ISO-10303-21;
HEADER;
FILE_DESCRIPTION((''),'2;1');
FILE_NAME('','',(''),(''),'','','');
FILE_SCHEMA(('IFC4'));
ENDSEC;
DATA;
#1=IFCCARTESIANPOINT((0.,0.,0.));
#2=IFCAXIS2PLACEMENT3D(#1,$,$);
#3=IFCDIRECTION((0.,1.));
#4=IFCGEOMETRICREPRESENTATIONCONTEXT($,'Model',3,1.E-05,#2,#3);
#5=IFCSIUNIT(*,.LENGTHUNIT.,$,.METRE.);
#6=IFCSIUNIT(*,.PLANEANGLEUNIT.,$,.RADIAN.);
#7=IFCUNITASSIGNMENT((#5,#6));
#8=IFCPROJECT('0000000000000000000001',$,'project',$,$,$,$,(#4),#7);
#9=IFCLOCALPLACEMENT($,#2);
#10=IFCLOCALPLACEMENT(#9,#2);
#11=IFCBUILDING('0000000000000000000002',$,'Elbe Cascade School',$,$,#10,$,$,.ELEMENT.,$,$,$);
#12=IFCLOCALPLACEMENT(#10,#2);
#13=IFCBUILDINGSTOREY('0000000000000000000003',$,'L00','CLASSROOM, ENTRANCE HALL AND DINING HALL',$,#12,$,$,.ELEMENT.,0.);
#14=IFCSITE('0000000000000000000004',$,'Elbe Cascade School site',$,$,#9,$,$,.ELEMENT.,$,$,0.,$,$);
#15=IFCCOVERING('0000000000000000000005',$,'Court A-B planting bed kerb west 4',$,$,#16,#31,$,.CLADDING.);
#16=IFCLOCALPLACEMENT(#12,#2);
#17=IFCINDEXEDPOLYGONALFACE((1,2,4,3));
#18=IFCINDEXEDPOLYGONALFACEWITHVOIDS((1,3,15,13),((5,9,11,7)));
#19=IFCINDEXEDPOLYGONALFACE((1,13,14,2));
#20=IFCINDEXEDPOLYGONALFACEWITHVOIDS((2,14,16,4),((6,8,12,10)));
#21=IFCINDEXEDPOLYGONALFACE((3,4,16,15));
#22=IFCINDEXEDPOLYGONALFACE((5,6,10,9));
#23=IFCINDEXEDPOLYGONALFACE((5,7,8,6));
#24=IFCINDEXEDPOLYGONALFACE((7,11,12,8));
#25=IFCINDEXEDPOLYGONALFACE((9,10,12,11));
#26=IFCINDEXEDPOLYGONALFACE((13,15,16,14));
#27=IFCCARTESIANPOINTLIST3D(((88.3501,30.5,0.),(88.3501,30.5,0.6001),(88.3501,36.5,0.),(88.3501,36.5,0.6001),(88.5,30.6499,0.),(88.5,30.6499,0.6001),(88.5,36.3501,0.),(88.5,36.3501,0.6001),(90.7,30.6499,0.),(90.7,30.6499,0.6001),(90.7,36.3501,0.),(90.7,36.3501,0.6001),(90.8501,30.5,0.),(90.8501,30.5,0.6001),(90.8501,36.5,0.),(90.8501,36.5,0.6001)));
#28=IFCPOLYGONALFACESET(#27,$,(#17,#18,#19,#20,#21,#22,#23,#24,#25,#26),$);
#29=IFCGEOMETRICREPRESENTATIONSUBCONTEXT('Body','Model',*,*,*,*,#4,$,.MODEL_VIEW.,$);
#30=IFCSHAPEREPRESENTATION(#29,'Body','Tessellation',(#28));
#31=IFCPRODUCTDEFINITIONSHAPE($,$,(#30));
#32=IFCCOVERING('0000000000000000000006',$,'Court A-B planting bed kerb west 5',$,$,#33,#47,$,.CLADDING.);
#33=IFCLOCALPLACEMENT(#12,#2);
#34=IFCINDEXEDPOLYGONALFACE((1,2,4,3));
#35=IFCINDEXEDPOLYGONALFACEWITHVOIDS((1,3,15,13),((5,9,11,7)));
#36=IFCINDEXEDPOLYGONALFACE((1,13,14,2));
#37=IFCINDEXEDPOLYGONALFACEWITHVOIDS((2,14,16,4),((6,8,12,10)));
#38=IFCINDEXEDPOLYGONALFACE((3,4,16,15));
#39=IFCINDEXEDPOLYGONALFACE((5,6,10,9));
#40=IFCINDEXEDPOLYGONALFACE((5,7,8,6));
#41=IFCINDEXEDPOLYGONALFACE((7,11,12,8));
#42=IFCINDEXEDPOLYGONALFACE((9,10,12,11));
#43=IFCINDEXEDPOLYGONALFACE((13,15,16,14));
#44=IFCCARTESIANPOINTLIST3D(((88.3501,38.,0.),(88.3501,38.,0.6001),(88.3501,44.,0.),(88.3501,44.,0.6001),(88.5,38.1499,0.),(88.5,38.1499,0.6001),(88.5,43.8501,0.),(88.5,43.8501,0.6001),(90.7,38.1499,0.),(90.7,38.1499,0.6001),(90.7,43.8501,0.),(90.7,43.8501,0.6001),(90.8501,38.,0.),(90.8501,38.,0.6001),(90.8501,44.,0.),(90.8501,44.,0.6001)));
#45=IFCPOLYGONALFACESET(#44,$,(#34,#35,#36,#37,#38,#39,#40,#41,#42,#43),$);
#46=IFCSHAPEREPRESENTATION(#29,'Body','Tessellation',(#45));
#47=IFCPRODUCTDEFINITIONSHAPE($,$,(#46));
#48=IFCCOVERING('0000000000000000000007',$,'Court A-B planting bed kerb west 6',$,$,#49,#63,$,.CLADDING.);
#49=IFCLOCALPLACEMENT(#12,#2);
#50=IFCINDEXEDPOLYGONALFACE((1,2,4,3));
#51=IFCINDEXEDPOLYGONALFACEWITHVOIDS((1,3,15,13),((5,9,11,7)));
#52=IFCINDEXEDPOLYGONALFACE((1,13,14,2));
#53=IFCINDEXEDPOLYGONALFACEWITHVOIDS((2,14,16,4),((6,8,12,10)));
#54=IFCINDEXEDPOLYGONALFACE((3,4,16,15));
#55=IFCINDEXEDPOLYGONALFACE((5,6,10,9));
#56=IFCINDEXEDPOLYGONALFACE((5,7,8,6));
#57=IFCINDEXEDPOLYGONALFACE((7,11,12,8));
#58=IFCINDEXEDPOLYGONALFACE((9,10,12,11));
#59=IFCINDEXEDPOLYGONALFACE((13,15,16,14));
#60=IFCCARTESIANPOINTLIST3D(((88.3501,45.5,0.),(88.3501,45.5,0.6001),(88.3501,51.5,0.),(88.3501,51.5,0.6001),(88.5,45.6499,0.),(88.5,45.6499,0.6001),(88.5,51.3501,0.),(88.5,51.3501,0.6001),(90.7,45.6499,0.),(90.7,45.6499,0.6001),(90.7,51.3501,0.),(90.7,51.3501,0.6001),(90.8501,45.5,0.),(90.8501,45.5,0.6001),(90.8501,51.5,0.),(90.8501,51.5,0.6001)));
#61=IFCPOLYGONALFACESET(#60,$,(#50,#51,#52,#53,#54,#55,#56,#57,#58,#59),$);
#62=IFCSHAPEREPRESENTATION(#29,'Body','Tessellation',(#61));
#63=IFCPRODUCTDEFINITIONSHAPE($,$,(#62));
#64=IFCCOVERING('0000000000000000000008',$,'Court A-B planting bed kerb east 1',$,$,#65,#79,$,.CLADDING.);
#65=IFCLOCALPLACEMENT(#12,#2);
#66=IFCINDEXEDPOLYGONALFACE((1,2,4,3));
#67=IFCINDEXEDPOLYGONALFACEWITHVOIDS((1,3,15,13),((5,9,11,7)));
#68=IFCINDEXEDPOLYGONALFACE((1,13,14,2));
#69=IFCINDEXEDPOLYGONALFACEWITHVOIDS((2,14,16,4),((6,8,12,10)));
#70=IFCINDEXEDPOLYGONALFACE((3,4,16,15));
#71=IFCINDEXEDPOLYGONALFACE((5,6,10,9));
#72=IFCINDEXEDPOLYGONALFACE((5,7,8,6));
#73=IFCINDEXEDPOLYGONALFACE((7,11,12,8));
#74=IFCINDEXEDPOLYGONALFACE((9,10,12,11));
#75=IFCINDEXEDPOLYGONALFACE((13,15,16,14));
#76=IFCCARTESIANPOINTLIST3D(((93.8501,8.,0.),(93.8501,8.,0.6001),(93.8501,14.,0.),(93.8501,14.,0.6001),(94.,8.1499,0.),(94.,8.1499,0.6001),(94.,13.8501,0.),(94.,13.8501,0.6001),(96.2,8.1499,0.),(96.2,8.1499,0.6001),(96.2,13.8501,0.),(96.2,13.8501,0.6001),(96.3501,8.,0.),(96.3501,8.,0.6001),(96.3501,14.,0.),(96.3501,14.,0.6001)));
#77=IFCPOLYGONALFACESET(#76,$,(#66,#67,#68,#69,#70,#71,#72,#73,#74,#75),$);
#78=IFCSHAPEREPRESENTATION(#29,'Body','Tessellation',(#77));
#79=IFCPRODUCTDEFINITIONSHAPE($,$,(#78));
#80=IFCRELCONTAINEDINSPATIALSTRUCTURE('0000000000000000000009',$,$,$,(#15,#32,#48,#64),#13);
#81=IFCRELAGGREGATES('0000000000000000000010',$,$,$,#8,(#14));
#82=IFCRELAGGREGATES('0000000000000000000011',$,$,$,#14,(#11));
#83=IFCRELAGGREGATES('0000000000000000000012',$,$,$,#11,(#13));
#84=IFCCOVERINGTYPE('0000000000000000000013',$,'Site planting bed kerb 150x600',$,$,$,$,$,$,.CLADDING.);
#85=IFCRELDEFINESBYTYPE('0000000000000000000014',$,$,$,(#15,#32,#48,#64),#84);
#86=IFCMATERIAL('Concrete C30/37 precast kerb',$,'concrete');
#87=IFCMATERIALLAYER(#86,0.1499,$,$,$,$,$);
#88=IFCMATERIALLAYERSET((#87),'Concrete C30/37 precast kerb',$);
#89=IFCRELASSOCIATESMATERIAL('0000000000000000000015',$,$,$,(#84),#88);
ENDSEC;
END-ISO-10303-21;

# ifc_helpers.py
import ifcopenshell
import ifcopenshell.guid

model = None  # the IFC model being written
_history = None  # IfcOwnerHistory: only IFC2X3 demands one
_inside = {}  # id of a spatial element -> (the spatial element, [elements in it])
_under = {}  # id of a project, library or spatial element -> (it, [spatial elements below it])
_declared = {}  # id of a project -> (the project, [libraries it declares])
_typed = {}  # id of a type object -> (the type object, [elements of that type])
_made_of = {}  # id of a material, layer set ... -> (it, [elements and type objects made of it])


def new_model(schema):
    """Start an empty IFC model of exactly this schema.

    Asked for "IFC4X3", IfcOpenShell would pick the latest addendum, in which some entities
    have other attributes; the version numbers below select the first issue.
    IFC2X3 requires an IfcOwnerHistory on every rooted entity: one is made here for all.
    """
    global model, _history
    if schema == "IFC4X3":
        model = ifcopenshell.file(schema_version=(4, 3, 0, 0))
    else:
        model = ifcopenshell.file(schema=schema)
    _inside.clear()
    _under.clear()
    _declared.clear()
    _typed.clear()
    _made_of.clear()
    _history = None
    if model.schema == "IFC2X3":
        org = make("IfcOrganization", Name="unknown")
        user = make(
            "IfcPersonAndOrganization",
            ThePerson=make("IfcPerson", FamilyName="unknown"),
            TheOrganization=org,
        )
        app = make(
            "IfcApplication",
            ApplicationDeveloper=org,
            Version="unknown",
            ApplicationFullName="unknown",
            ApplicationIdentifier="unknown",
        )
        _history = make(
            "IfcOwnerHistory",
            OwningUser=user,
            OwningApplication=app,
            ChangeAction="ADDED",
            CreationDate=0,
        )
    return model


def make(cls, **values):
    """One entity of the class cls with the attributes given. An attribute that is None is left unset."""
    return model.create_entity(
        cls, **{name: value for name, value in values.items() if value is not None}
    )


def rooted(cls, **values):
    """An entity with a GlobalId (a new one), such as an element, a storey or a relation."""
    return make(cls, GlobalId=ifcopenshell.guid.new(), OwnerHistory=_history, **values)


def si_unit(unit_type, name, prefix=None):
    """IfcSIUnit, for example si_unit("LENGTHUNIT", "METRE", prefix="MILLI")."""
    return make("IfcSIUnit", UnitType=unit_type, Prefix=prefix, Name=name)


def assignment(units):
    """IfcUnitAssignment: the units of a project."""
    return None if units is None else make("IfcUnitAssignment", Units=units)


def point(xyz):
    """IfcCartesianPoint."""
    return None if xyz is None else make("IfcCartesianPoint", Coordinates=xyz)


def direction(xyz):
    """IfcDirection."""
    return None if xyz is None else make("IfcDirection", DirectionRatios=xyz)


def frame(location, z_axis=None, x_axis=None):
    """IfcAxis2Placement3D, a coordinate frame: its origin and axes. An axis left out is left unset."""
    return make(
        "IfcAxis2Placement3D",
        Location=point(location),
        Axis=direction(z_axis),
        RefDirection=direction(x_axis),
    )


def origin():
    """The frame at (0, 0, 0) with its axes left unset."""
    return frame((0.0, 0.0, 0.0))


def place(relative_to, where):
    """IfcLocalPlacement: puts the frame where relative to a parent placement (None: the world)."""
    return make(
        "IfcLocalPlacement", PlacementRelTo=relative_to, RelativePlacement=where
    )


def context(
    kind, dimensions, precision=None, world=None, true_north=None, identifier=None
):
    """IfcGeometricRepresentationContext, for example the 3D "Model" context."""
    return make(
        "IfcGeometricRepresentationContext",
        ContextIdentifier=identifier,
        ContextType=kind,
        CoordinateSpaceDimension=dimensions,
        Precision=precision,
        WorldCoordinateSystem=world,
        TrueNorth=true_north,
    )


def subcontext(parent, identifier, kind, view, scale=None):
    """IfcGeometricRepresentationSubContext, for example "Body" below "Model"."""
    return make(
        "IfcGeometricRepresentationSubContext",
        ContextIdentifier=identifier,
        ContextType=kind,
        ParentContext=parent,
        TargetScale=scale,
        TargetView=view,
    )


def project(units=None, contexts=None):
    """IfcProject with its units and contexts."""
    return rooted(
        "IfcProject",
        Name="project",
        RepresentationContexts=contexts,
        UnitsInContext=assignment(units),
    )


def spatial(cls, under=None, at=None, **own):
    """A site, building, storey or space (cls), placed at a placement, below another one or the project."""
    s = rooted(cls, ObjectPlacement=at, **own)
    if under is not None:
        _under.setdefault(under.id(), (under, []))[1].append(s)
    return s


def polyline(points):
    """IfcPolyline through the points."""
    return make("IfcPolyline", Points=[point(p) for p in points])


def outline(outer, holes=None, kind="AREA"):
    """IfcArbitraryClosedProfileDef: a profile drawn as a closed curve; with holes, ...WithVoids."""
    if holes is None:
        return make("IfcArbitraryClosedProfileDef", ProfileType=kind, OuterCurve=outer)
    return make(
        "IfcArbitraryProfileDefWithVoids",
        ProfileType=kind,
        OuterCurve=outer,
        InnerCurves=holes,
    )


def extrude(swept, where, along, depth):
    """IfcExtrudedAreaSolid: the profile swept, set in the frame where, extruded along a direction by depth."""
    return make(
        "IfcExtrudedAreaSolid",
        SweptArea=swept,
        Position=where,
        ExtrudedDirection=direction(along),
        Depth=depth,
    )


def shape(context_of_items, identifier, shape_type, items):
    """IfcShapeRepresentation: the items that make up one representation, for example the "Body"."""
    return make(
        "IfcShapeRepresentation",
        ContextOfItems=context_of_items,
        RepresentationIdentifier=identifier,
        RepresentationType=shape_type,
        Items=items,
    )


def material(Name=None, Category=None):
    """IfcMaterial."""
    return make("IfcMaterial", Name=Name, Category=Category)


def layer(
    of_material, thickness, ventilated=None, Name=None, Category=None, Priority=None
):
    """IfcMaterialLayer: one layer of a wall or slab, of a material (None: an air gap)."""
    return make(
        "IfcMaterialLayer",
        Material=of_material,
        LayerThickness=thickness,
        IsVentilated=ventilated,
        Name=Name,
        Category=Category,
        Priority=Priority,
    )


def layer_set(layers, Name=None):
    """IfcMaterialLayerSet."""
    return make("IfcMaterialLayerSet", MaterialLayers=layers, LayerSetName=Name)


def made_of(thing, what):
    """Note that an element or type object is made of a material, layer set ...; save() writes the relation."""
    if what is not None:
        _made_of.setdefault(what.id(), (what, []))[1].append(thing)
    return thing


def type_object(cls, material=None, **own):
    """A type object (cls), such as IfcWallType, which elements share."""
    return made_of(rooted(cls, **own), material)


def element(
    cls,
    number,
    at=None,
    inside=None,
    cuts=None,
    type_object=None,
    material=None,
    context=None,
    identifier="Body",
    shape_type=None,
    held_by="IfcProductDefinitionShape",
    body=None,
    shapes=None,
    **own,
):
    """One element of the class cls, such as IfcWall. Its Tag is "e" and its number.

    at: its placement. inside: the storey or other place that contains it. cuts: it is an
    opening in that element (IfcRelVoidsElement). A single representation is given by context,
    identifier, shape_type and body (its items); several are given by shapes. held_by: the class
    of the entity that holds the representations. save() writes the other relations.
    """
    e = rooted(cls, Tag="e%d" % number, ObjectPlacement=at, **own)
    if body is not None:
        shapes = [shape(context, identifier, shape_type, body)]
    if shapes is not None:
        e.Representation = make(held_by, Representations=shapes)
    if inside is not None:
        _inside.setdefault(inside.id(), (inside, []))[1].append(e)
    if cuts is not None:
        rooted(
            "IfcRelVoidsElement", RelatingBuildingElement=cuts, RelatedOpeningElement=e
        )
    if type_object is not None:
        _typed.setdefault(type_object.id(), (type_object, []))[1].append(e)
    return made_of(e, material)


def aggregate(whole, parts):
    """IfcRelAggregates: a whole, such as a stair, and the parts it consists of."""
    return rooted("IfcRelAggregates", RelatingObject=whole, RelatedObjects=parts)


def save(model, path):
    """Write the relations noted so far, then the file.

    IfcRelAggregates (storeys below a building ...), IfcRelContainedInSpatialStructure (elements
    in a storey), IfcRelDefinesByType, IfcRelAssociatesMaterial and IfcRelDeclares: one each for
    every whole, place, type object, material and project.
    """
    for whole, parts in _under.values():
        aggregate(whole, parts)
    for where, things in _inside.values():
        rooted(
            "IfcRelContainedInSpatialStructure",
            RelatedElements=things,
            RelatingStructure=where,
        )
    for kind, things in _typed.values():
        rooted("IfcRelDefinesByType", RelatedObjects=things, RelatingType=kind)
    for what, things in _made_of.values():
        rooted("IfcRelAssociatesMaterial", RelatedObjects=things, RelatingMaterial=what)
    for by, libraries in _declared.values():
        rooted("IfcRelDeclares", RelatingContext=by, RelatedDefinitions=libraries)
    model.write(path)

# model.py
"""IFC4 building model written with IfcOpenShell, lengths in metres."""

from ifc_helpers import new_model, si_unit, direction, origin, place, context, subcontext, project, spatial, polyline, outline, extrude, material, layer, layer_set, type_object, element, save


model = new_model("IFC4")

# Units and contexts
model_context = context("Model", 3, precision=1e-05, world=origin(), true_north=direction((0.0, 1.0)))
body_context = subcontext(model_context, "Body", "Model", "MODEL_VIEW")
ifc_project = project(units=[si_unit("LENGTHUNIT", "METRE"), si_unit("PLANEANGLEUNIT", "RADIAN")], contexts=[model_context])

# Site, building, storey
site_placement = place(None, origin())
site = spatial("IfcSite", under=ifc_project, at=site_placement, Name="Elbe Cascade School site", CompositionType="ELEMENT", RefElevation=0.0)
building_placement = place(site_placement, origin())
building = spatial("IfcBuilding", under=site, at=building_placement, Name="Elbe Cascade School", CompositionType="ELEMENT")
storey_placement = place(building_placement, origin())
storey = spatial("IfcBuildingStorey", under=building, at=storey_placement, Name="L00", Description="CLASSROOM, ENTRANCE HALL AND DINING HALL", CompositionType="ELEMENT", Elevation=0.0)

# Coverings
ifc_material_1 = material(Name="Concrete C30/37 precast kerb", Category="concrete")
ifc_layer_1 = layer(ifc_material_1, 0.1499)
ifc_layer_set_1 = layer_set([ifc_layer_1], Name="Concrete C30/37 precast kerb")
covering_type_1 = type_object("IfcCoveringType", Name="Site planting bed kerb 150x600", PredefinedType="CLADDING", material=ifc_layer_set_1)
covering_1_placement = place(storey_placement, origin())
element("IfcCovering", 1, at=covering_1_placement, inside=storey, type_object=covering_type_1, Name="Court A-B planting bed kerb west 4", PredefinedType="CLADDING", context=body_context, shape_type="SweptSolid", body=[
    extrude(outline(polyline([(88.3501, 30.5), (90.8501, 30.5), (90.8501, 36.5), (88.3501, 36.5), (88.3501, 30.5)]), holes=[polyline([(88.5, 30.6499), (90.7, 30.6499), (90.7, 36.3501), (88.5, 36.3501), (88.5, 30.6499)])]), origin(), (0.0, 0.0, 1.0), 0.6001),
])
covering_2_placement = place(storey_placement, origin())
element("IfcCovering", 2, at=covering_2_placement, inside=storey, type_object=covering_type_1, Name="Court A-B planting bed kerb west 5", PredefinedType="CLADDING", context=body_context, shape_type="SweptSolid", body=[
    extrude(outline(polyline([(88.3501, 38.0), (90.8501, 38.0), (90.8501, 44.0), (88.3501, 44.0), (88.3501, 38.0)]), holes=[polyline([(88.5, 38.1499), (90.7, 38.1499), (90.7, 43.8501), (88.5, 43.8501), (88.5, 38.1499)])]), origin(), (0.0, 0.0, 1.0), 0.6001),
])
covering_3_placement = place(storey_placement, origin())
element("IfcCovering", 3, at=covering_3_placement, inside=storey, type_object=covering_type_1, Name="Court A-B planting bed kerb west 6", PredefinedType="CLADDING", context=body_context, shape_type="SweptSolid", body=[
    extrude(outline(polyline([(88.3501, 45.5), (90.8501, 45.5), (90.8501, 51.5), (88.3501, 51.5), (88.3501, 45.5)]), holes=[polyline([(88.5, 45.6499), (90.7, 45.6499), (90.7, 51.3501), (88.5, 51.3501), (88.5, 45.6499)])]), origin(), (0.0, 0.0, 1.0), 0.6001),
])
covering_4_placement = place(storey_placement, origin())
element("IfcCovering", 4, at=covering_4_placement, inside=storey, type_object=covering_type_1, Name="Court A-B planting bed kerb east 1", PredefinedType="CLADDING", context=body_context, shape_type="SweptSolid", body=[
    extrude(outline(polyline([(93.8501, 8.0), (96.3501, 8.0), (96.3501, 14.0), (93.8501, 14.0), (93.8501, 8.0)]), holes=[polyline([(94.0, 8.1499), (96.2, 8.1499), (96.2, 13.8501), (94.0, 13.8501), (94.0, 8.1499)])]), origin(), (0.0, 0.0, 1.0), 0.6001),
])

save(model, "model.ifc")
